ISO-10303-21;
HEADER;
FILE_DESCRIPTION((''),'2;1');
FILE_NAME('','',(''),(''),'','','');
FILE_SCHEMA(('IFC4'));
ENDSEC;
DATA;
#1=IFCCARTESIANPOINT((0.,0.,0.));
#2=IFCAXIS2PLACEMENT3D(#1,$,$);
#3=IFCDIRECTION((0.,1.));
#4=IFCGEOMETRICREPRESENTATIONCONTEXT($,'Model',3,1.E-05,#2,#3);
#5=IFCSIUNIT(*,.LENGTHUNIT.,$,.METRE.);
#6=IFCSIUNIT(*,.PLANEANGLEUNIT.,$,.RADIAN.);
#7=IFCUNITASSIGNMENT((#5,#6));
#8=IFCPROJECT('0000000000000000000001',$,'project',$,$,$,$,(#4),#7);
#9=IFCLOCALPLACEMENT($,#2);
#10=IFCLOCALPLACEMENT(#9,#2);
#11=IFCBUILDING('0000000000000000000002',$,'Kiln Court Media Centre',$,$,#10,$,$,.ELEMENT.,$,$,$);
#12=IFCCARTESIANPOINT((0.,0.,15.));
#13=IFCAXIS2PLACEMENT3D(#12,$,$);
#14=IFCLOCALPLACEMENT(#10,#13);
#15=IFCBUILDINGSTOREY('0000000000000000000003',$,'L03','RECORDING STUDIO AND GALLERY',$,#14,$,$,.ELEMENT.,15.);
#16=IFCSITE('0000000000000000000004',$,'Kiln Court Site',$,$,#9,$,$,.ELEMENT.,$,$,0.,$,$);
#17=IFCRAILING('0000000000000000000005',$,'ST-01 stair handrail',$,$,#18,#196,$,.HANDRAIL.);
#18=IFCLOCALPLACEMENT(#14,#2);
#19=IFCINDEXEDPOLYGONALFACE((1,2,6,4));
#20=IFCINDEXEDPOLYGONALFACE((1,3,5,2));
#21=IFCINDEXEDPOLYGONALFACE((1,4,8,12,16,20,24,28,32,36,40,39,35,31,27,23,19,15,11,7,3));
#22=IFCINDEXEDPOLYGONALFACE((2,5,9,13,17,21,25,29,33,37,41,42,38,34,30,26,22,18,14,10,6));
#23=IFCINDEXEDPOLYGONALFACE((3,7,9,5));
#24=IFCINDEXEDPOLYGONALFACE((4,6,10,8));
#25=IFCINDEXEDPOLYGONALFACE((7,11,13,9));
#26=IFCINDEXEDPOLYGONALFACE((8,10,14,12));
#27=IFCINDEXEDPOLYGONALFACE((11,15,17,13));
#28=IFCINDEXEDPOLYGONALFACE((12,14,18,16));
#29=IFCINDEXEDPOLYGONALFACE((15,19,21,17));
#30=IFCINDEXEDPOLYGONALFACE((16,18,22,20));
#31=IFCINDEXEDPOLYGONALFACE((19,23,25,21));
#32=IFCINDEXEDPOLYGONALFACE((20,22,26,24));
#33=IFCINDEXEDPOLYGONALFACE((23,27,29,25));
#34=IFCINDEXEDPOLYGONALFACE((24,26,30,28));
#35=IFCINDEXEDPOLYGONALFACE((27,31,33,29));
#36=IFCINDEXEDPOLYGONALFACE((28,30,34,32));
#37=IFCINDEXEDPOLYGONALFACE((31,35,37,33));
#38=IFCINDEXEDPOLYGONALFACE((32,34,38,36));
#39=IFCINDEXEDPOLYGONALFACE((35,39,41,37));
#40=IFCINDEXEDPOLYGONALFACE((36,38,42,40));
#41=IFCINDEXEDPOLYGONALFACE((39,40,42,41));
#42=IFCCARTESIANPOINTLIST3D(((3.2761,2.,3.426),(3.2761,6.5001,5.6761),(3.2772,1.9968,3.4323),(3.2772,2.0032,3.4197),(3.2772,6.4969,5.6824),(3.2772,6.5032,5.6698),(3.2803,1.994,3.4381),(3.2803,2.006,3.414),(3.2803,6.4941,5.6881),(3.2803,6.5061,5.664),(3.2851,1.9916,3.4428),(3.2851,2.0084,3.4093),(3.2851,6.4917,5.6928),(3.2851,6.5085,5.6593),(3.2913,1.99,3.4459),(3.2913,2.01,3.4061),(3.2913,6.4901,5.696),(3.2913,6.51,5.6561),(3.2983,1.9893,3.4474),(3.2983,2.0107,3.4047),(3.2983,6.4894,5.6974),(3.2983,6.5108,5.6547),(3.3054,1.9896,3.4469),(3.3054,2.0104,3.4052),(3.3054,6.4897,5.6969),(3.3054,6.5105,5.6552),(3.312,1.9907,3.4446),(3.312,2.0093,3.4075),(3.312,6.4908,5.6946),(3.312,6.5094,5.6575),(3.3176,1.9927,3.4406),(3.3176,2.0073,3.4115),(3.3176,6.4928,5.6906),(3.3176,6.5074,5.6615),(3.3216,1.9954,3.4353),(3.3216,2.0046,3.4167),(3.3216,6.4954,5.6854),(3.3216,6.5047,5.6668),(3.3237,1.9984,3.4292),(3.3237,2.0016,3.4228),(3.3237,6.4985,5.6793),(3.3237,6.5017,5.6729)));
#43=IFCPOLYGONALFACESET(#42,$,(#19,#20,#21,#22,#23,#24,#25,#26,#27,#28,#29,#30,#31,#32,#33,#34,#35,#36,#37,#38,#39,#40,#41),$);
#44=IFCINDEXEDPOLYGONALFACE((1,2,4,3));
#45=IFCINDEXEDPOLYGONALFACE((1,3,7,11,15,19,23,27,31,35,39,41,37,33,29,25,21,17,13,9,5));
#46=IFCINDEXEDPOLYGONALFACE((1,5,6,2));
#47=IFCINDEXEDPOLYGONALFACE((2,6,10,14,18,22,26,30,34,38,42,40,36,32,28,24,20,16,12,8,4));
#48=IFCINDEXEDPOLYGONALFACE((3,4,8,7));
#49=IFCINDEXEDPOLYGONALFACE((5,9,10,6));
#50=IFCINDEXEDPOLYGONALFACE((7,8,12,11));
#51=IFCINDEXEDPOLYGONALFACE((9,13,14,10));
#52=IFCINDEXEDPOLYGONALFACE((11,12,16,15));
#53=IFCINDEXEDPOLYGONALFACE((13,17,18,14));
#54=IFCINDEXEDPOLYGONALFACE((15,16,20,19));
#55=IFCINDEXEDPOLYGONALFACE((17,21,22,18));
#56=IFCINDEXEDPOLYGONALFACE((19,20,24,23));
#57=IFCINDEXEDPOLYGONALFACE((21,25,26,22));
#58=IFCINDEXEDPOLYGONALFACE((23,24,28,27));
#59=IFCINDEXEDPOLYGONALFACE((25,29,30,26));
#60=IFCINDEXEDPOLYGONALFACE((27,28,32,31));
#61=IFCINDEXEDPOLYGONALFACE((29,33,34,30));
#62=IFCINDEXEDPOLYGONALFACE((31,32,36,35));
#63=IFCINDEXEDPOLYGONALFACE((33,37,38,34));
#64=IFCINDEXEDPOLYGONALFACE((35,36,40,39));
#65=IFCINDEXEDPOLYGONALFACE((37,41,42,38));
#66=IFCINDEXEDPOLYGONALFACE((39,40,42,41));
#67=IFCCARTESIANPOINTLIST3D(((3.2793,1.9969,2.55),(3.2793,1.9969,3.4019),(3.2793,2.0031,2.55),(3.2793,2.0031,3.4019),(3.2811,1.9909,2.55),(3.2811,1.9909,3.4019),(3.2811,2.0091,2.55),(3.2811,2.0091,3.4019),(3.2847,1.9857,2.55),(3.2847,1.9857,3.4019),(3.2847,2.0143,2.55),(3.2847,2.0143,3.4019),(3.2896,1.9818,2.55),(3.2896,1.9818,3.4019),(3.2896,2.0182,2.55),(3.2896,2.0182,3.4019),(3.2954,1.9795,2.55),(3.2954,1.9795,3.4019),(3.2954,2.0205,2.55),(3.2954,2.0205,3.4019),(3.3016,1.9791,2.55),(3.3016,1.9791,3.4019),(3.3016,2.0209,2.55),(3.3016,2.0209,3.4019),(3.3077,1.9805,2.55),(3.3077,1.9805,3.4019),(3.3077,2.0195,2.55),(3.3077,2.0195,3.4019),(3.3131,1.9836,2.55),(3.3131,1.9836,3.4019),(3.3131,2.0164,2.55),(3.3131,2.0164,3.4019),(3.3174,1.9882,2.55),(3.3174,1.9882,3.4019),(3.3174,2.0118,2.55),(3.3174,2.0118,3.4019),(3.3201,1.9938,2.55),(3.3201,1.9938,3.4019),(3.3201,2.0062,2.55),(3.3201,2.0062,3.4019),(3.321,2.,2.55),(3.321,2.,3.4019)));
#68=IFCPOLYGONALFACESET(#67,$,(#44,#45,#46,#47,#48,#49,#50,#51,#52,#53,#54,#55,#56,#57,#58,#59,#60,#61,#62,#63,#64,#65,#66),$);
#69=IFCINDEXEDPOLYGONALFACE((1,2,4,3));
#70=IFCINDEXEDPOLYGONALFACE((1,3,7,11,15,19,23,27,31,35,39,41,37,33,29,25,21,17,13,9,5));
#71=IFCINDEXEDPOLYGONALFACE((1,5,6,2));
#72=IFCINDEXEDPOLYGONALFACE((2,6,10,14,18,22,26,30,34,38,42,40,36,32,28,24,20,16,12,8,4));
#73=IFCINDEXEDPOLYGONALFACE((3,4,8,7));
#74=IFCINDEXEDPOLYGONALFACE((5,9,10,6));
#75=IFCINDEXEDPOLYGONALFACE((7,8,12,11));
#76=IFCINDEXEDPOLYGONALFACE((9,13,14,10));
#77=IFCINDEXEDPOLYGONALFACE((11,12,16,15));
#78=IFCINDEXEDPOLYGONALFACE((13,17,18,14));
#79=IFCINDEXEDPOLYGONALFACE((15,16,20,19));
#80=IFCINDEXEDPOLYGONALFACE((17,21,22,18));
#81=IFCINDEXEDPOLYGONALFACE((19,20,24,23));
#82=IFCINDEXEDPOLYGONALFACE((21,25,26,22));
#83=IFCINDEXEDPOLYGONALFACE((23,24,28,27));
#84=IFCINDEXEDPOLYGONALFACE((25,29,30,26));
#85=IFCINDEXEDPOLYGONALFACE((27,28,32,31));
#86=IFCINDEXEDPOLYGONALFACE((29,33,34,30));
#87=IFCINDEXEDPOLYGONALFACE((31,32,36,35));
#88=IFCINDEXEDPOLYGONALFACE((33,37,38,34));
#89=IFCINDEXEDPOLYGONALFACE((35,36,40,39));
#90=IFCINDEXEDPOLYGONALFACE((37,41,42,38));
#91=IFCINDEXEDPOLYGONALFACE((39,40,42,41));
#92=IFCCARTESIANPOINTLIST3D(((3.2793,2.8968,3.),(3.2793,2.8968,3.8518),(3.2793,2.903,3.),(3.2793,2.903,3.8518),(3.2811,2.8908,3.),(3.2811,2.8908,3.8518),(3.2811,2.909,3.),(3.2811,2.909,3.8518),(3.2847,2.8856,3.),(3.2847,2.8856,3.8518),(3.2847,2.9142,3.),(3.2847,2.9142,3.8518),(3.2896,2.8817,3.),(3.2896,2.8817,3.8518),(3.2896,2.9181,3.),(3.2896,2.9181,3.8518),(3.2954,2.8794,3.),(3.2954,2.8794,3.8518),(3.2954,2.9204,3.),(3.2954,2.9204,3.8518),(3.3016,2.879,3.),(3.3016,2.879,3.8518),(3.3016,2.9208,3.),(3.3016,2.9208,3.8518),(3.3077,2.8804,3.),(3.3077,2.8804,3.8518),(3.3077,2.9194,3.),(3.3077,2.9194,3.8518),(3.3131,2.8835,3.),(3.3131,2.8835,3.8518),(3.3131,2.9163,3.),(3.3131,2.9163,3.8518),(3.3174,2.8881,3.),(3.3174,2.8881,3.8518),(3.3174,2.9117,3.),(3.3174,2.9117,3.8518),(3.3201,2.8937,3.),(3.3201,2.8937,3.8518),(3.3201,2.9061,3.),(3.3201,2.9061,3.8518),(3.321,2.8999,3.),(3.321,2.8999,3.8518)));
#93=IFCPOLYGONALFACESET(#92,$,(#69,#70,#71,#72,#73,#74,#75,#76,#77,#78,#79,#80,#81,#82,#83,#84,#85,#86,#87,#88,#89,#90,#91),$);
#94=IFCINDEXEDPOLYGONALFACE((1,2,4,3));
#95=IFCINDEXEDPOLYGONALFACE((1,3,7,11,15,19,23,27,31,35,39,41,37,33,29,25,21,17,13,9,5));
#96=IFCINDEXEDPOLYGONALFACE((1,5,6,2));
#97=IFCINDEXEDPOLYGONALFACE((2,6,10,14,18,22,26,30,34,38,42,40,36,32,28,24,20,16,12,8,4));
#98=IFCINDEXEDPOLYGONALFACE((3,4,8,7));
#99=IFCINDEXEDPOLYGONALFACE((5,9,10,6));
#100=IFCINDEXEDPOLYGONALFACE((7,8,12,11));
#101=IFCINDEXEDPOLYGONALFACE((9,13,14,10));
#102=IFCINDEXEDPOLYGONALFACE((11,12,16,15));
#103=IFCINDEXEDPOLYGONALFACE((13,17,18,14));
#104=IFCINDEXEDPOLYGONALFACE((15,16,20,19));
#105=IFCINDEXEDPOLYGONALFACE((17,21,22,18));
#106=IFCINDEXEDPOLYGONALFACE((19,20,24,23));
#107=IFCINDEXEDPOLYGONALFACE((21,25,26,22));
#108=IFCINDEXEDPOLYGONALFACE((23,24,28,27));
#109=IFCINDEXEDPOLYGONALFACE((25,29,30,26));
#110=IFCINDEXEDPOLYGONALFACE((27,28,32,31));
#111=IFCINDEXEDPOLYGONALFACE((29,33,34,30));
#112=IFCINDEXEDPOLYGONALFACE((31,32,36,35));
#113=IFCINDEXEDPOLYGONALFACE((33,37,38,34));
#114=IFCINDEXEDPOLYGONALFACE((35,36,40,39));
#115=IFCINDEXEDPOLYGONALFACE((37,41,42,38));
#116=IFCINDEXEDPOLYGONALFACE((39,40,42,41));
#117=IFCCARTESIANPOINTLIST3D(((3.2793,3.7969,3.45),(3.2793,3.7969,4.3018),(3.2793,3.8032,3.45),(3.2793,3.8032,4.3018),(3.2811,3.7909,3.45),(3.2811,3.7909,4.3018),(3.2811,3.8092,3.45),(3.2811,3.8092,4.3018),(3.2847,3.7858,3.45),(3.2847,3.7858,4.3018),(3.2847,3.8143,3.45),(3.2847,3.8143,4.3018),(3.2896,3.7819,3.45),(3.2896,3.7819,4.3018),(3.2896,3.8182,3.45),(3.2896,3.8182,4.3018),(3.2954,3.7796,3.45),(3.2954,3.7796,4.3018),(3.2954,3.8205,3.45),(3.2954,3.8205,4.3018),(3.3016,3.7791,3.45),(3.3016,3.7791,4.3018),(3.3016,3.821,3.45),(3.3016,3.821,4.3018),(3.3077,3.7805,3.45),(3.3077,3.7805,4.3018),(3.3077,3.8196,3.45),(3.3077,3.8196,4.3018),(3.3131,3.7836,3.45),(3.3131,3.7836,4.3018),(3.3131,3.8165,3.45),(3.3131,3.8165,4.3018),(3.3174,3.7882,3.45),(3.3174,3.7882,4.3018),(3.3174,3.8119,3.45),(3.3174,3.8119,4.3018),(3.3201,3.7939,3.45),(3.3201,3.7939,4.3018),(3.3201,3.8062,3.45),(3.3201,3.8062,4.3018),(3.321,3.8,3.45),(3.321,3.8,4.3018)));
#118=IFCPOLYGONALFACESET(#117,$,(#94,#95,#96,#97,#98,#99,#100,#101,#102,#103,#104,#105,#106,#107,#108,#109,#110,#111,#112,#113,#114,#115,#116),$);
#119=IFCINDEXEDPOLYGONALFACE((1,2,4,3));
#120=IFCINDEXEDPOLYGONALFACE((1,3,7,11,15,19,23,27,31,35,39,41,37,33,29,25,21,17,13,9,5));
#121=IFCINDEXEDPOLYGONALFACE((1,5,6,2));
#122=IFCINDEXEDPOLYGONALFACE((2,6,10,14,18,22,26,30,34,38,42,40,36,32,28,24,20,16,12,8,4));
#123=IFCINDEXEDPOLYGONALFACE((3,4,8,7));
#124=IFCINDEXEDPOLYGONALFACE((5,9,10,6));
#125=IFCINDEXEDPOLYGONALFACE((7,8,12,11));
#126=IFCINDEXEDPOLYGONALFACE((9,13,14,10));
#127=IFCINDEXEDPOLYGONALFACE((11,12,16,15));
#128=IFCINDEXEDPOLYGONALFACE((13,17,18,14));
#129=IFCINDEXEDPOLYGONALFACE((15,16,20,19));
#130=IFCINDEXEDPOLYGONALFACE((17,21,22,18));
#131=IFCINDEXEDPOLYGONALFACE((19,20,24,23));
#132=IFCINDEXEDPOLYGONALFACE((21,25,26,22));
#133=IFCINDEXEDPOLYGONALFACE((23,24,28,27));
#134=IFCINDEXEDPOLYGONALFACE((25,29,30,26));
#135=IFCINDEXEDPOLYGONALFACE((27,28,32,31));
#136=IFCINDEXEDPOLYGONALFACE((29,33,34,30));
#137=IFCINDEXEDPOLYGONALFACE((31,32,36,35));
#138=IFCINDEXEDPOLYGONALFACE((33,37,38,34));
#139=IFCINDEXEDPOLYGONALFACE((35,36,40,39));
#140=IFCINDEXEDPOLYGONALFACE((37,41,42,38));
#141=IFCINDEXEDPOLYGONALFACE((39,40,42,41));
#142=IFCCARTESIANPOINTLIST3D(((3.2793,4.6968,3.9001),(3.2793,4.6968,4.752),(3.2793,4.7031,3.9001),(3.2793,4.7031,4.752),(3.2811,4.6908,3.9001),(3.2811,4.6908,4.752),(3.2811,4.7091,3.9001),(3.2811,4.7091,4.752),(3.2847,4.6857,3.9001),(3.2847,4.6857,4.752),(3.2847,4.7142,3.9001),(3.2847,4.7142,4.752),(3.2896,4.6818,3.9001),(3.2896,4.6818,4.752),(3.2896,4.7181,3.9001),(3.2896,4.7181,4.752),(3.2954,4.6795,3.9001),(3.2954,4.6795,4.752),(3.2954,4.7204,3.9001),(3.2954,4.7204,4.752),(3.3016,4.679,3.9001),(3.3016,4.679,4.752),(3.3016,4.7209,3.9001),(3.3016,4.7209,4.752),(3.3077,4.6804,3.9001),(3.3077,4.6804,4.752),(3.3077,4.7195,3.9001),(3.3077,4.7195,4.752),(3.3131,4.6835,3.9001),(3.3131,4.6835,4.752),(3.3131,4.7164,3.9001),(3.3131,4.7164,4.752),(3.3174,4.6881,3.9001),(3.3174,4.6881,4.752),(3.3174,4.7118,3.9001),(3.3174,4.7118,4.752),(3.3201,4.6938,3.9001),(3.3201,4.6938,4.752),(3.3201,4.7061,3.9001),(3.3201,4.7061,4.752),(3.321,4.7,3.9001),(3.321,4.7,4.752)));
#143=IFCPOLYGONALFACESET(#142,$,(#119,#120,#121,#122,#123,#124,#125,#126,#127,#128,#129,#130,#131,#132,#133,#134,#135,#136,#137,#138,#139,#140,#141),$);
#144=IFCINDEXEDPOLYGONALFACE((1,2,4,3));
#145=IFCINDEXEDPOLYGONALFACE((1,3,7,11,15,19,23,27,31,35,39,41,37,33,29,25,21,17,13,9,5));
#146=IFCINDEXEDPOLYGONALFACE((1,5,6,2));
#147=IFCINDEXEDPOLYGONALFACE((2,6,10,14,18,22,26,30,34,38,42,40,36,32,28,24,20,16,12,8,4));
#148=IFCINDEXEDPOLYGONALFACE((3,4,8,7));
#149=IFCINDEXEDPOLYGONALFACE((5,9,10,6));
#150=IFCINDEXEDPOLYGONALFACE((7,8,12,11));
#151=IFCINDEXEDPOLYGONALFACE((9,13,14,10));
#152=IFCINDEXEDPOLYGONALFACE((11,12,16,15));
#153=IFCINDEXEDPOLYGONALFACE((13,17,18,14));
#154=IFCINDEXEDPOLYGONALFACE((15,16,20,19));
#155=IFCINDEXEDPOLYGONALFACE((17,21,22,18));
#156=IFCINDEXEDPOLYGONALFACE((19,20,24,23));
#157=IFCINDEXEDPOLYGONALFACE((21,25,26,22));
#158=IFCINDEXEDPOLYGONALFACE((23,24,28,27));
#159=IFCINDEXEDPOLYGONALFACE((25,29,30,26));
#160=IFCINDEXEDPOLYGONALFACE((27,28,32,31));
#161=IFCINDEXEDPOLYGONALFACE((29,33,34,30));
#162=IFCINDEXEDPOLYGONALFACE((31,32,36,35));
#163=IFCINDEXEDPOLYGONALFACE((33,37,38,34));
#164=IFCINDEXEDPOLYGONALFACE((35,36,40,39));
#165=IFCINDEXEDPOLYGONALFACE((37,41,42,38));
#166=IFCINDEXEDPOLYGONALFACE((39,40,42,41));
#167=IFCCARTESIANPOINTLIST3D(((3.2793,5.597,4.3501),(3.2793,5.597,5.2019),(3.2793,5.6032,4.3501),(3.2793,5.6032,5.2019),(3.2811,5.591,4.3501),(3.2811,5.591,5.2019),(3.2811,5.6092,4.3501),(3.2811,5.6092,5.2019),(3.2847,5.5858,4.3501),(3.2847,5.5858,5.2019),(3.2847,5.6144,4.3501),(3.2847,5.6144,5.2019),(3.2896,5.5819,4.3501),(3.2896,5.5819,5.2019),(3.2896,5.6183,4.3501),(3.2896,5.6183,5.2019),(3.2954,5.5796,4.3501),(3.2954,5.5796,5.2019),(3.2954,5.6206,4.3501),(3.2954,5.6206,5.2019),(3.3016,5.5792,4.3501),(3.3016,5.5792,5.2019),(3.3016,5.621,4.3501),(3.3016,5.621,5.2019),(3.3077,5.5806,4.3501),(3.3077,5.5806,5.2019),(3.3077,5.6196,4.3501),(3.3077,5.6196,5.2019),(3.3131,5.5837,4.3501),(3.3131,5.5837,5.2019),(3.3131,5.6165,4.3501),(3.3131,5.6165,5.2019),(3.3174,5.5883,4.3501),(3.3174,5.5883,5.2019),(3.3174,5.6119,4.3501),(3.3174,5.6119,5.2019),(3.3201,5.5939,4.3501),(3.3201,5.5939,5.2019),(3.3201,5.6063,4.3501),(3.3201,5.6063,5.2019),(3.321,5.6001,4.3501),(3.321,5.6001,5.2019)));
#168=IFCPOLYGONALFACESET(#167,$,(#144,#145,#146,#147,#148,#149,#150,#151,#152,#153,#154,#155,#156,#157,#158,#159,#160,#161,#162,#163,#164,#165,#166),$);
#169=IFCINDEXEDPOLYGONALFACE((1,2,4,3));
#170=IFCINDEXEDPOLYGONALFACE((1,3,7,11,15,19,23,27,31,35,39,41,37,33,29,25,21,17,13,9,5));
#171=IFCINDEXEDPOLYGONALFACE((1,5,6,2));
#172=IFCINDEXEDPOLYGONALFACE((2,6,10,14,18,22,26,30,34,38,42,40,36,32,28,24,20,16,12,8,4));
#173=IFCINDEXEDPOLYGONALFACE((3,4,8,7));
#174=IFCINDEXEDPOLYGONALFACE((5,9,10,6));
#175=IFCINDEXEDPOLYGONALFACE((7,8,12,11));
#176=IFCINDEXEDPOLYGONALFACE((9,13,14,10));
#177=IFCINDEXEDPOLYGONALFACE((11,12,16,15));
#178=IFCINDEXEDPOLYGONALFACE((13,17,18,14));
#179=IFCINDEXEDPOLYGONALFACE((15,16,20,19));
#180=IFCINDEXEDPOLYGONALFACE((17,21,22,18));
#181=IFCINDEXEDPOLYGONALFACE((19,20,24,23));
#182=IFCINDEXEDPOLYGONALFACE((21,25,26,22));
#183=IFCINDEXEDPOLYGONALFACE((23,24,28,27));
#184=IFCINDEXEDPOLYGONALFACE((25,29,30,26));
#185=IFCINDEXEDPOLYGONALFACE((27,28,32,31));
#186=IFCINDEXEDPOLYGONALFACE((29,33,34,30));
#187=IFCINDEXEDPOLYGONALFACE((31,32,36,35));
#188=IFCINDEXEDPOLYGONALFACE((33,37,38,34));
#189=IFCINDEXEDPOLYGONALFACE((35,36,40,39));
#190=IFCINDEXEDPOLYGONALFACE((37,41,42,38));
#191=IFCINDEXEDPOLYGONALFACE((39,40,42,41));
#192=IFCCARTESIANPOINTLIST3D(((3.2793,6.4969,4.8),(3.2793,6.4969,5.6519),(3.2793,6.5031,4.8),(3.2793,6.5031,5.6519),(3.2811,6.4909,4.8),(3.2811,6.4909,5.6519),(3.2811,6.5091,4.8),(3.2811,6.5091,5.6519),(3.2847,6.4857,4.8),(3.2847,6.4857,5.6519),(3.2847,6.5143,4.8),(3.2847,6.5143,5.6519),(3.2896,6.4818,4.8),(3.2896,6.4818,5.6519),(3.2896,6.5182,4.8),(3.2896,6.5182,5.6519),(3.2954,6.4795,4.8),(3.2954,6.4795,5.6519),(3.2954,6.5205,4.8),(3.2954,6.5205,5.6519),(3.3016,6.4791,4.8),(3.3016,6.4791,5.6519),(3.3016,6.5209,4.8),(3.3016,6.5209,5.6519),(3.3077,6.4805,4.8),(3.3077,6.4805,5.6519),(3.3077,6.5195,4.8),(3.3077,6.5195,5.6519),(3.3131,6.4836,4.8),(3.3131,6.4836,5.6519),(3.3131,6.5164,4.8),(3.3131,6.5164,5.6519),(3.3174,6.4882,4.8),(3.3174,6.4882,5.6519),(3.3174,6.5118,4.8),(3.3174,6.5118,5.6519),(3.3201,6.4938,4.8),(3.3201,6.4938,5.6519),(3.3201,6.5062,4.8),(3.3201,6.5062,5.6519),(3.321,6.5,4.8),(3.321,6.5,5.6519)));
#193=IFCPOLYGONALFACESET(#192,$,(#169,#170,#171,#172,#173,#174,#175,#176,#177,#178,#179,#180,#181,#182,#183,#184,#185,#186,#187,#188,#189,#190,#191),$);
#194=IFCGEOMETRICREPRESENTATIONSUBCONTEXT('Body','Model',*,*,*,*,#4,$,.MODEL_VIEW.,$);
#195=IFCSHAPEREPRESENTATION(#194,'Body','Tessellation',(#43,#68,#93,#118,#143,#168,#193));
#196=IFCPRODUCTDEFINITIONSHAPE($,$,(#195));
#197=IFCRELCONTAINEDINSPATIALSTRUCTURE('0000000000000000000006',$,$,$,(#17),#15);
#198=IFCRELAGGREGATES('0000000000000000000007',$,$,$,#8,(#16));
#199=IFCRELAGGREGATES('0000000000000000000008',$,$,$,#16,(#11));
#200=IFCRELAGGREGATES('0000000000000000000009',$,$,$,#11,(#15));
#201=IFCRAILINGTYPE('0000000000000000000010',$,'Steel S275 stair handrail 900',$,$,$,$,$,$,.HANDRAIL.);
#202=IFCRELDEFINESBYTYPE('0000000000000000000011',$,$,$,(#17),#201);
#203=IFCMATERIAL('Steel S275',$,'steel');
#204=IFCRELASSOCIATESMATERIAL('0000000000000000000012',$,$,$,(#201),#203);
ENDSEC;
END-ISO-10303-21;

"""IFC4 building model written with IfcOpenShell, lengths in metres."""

from ifc_helpers import new_model, si_unit, direction, frame, origin, origin_2d, place, context, subcontext, project, spatial, circle, extrude, material, type_object, element, save


model = new_model("IFC4")

# Units and contexts
model_context = context("Model", 3, precision=1e-05, world=origin(), true_north=direction((0.0, 1.0)))
body_context = subcontext(model_context, "Body", "Model", "MODEL_VIEW")
ifc_project = project(units=[si_unit("LENGTHUNIT", "METRE"), si_unit("PLANEANGLEUNIT", "RADIAN")], contexts=[model_context])

# Site, building, storey
site_placement = place(None, origin())
site = spatial("IfcSite", under=ifc_project, at=site_placement, Name="Kiln Court Site", CompositionType="ELEMENT", RefElevation=0.0)
building_placement = place(site_placement, origin())
building = spatial("IfcBuilding", under=site, at=building_placement, Name="Kiln Court Media Centre", CompositionType="ELEMENT")
storey_placement = place(building_placement, frame((0.0, 0.0, 15.0)))
storey = spatial("IfcBuildingStorey", under=building, at=storey_placement, Name="L03", Description="RECORDING STUDIO AND GALLERY", CompositionType="ELEMENT", Elevation=15.0)

# Railing
ifc_material_1 = material(Name="Steel S275", Category="steel")
railing_type_1 = type_object("IfcRailingType", Name="Steel S275 stair handrail 900", PredefinedType="HANDRAIL", material=ifc_material_1)
railing_1_placement = place(storey_placement, frame((3.3, 2.0, 2.55)))
element("IfcRailing", 1, at=railing_1_placement, inside=storey, type_object=railing_type_1, Name="ST-01 stair handrail", PredefinedType="HANDRAIL", context=body_context, shape_type="SweptSolid", body=[
    extrude(circle(Radius=0.0239, at=origin_2d()), frame((0.0, 0.0, 0.876), z_axis=(0.0, 0.894427, 0.447214), x_axis=(-1.0, 0.0, 0.0)), (0.0, 0.0, 1.0), 5.0312),
    extrude(circle(Radius=0.021, at=origin_2d()), origin(), (0.0, 0.0, 1.0), 0.8518),
    extrude(circle(Radius=0.021, at=origin_2d()), frame((0.0, 0.8999, 0.45)), (0.0, 0.0, 1.0), 0.8518),
    extrude(circle(Radius=0.021, at=origin_2d()), frame((0.0, 1.8, 0.8999)), (0.0, 0.0, 1.0), 0.8518),
    extrude(circle(Radius=0.021, at=origin_2d()), frame((0.0, 2.7, 1.3501)), (0.0, 0.0, 1.0), 0.8518),
    extrude(circle(Radius=0.021, at=origin_2d()), frame((0.0, 3.6001, 1.8)), (0.0, 0.0, 1.0), 0.8518),
    extrude(circle(Radius=0.021, at=origin_2d()), frame((0.0, 4.5, 2.25)), (0.0, 0.0, 1.0), 0.8518),
])

save(model, "model.ifc")
